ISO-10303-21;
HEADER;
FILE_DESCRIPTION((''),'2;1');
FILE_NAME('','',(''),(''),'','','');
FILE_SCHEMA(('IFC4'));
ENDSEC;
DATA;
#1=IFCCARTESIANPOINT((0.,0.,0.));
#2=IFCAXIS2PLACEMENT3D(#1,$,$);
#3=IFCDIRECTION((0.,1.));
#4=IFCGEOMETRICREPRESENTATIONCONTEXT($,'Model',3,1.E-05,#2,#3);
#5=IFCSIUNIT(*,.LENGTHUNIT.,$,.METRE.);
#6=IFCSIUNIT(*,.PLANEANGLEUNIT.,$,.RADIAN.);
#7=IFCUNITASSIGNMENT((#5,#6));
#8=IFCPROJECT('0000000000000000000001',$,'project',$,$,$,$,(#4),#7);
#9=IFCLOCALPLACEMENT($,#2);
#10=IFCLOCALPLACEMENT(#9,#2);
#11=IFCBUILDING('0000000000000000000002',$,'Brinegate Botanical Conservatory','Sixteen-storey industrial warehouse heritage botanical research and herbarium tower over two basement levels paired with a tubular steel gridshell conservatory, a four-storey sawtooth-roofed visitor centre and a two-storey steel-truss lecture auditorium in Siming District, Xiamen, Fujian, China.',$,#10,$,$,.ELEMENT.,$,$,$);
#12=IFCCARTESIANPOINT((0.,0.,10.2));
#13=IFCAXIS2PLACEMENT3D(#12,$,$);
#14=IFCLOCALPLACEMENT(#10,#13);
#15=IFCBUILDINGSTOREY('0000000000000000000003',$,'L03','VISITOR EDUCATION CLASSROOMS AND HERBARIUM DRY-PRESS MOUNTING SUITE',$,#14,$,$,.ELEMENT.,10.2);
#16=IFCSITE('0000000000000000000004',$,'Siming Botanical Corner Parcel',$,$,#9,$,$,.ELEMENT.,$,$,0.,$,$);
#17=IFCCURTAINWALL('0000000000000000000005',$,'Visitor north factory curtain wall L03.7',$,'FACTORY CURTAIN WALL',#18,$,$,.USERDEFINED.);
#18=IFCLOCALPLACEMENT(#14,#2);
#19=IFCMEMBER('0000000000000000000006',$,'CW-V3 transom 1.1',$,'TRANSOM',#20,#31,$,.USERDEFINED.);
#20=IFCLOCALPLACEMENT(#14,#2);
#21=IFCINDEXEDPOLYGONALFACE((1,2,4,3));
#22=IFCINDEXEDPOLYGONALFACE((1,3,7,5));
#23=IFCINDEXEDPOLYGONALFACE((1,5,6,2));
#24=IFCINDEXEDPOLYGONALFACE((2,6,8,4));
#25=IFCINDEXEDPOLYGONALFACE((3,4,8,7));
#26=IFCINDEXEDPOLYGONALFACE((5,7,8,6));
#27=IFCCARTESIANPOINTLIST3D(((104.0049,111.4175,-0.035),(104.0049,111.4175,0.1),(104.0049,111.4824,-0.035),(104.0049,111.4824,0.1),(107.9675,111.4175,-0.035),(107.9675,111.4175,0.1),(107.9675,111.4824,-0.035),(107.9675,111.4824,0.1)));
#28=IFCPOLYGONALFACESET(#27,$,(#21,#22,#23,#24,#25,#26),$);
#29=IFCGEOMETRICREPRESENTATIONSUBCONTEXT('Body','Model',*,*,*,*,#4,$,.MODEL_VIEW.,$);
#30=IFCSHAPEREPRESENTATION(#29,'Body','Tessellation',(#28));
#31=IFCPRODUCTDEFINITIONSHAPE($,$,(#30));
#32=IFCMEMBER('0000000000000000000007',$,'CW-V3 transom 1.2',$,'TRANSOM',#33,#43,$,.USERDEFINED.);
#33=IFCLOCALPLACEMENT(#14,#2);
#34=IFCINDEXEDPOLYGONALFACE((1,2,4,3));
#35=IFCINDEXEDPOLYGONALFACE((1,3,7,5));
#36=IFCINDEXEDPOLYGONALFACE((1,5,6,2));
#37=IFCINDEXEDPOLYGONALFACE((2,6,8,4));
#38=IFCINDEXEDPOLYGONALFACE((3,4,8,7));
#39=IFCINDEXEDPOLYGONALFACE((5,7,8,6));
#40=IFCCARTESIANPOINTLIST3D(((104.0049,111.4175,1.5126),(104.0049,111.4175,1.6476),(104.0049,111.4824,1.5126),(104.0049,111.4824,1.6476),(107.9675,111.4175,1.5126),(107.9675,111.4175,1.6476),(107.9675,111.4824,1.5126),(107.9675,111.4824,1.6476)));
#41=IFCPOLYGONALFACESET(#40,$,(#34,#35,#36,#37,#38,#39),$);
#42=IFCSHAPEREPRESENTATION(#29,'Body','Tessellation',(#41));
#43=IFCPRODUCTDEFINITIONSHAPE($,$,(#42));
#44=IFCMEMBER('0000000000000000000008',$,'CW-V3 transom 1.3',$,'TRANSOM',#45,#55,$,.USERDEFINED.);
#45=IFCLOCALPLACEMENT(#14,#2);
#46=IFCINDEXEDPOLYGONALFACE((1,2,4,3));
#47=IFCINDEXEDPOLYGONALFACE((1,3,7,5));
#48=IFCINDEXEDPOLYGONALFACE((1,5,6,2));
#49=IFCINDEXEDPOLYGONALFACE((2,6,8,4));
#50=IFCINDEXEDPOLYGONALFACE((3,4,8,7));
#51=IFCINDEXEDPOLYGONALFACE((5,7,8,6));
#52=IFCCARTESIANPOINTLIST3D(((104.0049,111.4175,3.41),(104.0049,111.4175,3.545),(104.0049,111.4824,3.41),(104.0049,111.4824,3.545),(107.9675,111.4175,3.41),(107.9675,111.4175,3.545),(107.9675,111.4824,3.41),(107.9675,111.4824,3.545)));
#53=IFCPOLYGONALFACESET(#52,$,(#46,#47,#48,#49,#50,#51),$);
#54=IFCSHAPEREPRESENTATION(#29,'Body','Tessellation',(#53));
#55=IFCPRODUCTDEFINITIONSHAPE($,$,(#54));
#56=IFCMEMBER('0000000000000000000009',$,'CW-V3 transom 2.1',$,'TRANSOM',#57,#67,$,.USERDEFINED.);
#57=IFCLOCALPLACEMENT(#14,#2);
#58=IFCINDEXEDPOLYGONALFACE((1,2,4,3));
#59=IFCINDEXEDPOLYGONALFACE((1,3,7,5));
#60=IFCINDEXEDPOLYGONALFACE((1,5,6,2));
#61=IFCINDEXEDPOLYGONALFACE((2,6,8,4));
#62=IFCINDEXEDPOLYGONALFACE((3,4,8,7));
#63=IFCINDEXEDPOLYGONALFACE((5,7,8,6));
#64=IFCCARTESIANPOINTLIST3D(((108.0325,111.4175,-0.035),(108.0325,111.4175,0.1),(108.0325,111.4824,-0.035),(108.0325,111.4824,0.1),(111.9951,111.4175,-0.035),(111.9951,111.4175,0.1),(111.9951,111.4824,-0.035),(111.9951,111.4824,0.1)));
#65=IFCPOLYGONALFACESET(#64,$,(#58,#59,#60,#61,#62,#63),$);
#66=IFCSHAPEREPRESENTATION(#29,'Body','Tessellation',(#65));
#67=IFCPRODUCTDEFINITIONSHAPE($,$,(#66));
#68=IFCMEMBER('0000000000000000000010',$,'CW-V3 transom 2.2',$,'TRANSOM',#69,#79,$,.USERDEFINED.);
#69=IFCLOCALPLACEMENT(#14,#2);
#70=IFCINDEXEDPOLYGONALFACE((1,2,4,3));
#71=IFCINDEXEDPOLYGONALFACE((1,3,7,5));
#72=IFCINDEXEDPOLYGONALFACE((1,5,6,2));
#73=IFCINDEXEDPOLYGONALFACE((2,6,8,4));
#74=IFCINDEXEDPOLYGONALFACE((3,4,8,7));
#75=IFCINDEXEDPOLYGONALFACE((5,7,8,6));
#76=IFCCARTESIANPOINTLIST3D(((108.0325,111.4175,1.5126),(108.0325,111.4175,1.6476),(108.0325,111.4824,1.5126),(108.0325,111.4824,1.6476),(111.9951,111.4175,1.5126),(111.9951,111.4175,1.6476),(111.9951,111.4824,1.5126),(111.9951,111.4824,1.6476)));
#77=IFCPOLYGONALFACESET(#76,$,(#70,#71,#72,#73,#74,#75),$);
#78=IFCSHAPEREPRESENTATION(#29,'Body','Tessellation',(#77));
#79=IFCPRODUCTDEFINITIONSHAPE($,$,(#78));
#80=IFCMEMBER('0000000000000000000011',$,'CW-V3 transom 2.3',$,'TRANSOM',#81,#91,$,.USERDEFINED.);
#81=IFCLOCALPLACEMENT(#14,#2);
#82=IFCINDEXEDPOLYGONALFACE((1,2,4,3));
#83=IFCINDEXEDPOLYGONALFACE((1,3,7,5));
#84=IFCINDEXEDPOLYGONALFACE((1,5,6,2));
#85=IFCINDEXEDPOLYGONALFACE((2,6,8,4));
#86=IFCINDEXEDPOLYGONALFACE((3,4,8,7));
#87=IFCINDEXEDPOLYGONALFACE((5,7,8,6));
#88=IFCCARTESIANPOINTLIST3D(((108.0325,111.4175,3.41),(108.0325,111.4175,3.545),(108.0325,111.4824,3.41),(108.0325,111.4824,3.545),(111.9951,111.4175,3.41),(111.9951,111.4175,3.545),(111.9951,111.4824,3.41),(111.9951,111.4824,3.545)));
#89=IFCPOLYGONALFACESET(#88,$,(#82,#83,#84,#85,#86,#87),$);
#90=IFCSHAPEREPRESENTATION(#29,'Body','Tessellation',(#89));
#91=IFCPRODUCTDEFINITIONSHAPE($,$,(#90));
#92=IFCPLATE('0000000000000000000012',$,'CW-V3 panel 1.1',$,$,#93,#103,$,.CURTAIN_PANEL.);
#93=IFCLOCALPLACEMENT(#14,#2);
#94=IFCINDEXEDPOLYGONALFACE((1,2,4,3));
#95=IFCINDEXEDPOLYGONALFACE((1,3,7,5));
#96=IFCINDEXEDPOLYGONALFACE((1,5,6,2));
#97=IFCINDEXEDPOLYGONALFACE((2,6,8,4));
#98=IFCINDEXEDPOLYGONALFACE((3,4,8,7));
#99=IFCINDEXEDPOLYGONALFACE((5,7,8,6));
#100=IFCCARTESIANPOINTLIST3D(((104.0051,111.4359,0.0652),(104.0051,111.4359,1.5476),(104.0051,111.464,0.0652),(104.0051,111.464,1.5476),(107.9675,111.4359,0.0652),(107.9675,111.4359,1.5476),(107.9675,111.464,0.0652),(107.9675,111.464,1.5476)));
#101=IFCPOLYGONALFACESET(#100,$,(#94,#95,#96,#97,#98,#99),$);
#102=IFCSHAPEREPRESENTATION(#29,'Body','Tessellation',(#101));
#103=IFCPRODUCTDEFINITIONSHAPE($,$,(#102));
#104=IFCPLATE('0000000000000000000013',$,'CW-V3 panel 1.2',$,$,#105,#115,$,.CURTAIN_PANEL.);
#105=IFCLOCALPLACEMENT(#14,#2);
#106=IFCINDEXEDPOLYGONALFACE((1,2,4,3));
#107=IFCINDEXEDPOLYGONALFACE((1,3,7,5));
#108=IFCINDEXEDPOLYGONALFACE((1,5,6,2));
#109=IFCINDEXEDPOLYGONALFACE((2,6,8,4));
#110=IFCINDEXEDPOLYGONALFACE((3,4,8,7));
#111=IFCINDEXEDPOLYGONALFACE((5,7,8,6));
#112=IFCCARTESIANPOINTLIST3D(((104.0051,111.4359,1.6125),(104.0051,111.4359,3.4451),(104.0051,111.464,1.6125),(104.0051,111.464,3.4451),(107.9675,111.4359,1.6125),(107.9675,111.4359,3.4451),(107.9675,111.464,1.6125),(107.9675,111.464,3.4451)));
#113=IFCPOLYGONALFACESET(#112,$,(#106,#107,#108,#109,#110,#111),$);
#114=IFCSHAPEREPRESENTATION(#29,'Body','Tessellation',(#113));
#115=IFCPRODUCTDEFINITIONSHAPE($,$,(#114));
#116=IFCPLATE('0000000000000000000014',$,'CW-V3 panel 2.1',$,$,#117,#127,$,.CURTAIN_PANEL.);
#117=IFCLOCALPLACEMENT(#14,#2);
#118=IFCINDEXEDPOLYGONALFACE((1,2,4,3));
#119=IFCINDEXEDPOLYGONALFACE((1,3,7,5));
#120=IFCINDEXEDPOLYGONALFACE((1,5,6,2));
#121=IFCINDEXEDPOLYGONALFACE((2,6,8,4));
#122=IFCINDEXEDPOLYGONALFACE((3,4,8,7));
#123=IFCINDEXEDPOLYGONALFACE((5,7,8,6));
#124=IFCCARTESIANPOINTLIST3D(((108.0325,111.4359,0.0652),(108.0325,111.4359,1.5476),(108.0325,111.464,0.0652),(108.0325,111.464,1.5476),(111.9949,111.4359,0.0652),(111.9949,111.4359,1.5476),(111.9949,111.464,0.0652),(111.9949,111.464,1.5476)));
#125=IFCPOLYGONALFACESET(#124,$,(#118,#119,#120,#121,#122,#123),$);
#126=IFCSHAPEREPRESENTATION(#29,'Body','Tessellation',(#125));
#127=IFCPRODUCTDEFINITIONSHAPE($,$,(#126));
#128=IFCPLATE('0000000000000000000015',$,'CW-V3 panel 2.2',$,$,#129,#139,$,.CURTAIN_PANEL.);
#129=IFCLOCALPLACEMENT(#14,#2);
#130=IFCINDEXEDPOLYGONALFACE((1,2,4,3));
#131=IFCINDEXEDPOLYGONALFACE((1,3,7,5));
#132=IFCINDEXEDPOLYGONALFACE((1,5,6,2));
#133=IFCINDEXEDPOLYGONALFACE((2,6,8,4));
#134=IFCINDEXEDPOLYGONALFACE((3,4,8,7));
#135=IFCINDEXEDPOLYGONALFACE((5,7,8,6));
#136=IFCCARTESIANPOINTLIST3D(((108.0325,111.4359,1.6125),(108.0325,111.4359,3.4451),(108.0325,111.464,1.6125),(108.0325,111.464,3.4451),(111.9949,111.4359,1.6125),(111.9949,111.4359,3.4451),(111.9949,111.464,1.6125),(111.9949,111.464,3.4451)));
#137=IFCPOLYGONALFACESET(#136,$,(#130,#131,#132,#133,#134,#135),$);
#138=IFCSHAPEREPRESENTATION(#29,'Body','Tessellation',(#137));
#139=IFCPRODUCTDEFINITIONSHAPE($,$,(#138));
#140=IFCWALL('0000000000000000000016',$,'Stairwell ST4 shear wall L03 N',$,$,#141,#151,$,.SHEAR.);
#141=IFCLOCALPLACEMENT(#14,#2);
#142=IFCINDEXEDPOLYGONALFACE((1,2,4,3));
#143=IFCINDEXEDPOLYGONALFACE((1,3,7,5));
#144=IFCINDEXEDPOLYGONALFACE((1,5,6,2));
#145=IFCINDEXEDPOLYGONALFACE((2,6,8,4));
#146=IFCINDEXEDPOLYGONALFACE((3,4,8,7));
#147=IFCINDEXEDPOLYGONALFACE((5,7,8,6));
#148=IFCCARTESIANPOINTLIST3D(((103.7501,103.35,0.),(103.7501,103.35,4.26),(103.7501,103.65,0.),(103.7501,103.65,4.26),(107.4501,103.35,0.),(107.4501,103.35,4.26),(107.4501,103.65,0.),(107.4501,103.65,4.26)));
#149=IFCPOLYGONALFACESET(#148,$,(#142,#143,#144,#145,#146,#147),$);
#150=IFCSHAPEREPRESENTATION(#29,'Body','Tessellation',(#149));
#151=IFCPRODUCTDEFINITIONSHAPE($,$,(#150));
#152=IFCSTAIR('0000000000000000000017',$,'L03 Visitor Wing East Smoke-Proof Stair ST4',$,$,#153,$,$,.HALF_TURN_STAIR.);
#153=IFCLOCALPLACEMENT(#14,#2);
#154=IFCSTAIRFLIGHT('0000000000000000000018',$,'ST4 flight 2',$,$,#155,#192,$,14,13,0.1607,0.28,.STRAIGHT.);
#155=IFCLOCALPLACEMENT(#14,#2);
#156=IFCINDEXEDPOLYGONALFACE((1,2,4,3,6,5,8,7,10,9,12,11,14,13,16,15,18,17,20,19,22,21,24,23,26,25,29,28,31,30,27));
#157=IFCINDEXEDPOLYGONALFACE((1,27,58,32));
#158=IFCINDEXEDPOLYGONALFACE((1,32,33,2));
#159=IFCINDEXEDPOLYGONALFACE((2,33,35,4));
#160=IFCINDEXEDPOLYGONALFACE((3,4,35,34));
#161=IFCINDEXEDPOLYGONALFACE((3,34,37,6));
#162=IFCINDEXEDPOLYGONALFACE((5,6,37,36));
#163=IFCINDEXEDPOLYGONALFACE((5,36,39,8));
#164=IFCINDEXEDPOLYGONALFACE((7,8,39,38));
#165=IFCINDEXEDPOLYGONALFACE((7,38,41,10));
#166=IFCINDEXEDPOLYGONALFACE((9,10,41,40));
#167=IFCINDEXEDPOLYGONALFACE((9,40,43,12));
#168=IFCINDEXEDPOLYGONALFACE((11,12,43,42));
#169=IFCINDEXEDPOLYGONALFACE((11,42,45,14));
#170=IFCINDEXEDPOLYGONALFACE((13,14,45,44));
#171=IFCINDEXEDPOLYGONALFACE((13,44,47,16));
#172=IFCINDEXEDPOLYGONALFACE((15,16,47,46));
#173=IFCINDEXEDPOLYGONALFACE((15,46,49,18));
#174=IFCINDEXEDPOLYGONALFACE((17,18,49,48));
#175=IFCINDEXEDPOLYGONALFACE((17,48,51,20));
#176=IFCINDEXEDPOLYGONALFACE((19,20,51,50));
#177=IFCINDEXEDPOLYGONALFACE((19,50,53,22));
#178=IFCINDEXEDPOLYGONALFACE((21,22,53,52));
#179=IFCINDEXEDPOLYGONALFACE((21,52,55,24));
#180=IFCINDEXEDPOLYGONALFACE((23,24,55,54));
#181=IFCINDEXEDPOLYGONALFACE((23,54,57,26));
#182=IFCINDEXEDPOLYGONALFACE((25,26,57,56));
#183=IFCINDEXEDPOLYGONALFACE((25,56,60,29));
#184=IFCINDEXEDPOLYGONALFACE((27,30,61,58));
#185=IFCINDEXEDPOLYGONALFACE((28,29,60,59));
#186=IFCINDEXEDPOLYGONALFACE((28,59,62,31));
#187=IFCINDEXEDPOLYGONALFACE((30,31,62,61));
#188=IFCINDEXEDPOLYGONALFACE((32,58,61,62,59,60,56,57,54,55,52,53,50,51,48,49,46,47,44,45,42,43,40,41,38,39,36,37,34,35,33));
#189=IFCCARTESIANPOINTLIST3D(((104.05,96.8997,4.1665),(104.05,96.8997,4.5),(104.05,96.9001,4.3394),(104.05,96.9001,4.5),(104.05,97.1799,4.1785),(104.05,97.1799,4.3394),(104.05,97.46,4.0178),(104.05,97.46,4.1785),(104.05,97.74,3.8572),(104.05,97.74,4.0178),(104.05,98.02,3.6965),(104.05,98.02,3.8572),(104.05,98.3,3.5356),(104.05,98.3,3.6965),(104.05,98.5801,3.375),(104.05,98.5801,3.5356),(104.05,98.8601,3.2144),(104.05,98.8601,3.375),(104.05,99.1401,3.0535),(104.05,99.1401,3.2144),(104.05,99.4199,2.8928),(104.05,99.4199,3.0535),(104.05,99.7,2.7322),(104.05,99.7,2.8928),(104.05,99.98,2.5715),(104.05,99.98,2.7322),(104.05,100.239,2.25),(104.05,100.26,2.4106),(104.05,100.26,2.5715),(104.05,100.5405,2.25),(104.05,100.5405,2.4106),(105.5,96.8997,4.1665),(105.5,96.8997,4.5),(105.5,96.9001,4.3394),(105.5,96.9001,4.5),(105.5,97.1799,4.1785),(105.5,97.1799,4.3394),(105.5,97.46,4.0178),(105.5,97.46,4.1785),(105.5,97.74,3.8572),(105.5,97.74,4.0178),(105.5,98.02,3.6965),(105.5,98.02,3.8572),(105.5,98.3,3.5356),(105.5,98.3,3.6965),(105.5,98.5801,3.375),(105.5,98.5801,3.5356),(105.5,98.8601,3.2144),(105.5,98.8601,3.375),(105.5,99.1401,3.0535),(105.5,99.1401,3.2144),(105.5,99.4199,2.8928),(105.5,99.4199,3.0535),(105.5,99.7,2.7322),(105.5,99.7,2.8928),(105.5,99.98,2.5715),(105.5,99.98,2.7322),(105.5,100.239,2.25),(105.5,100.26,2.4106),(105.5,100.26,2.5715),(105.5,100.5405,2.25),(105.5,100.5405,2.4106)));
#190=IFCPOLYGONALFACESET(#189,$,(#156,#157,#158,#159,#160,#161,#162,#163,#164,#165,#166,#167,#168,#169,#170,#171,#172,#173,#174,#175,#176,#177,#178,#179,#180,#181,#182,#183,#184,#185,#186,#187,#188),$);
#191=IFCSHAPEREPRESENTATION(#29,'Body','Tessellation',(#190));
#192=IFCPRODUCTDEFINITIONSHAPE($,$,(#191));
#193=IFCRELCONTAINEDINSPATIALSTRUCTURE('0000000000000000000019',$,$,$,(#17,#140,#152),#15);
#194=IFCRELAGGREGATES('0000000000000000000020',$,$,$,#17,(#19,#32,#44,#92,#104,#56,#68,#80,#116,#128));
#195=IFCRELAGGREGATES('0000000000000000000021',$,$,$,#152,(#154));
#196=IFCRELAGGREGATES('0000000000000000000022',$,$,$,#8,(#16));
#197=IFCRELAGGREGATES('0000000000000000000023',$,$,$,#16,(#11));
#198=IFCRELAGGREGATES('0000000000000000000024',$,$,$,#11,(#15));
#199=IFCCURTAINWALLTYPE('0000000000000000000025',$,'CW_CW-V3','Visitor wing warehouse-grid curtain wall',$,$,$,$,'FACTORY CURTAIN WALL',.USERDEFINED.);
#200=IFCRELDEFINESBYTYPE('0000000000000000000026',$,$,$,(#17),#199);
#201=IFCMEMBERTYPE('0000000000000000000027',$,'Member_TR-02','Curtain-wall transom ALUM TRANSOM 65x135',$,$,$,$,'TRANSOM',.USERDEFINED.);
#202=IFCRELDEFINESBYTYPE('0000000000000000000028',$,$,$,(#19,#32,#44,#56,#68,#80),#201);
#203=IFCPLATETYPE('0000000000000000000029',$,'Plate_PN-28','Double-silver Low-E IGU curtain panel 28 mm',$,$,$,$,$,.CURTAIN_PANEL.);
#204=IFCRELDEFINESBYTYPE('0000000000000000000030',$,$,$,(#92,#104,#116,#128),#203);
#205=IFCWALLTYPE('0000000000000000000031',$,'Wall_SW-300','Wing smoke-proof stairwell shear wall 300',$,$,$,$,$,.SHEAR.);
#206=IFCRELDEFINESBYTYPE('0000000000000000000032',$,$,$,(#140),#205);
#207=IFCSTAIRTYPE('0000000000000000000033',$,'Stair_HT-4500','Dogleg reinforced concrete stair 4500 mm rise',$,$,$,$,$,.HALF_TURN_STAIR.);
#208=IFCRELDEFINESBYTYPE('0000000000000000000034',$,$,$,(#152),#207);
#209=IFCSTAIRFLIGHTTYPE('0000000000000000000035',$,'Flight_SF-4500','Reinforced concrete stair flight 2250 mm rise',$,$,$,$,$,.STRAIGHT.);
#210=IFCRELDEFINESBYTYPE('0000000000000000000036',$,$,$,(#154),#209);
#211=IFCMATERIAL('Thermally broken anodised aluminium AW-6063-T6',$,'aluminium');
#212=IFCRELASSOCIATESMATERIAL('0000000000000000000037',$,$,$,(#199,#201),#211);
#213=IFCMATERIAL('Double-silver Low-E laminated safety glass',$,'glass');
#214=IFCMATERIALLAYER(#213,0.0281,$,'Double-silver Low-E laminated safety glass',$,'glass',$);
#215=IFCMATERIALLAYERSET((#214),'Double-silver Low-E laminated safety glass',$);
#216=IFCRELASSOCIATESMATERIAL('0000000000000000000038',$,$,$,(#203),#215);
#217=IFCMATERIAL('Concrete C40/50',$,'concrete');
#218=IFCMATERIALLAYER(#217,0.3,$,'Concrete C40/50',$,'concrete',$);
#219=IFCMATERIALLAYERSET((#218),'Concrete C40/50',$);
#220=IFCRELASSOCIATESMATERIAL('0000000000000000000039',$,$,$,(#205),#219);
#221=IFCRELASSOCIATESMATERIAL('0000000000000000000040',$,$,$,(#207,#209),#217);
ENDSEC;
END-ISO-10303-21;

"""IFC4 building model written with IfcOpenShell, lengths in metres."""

from ifc_helpers import new_model, si_unit, direction, frame, frame_2d, origin, origin_2d, place, context, subcontext, project, spatial, polyline, rectangle, outline, extrude, material, layer, layer_set, material_profile, profile_set, type_object, element, aggregate, save


model = new_model("IFC4")

# Units and contexts
model_context = context("Model", 3, precision=1e-05, world=origin(), true_north=direction((0.0, 1.0)))
body_context = subcontext(model_context, "Body", "Model", "MODEL_VIEW")
ifc_project = project(units=[si_unit("LENGTHUNIT", "METRE"), si_unit("PLANEANGLEUNIT", "RADIAN")], contexts=[model_context])

# Site, building, storey
site_placement = place(None, origin())
site = spatial("IfcSite", under=ifc_project, at=site_placement, Name="Siming Botanical Corner Parcel", CompositionType="ELEMENT", RefElevation=0.0)
building_placement = place(site_placement, origin())
building = spatial("IfcBuilding", under=site, at=building_placement, Name="Brinegate Botanical Conservatory", Description="Sixteen-storey industrial warehouse heritage botanical research and herbarium tower over two basement levels paired with a tubular steel gridshell conservatory, a four-storey sawtooth-roofed visitor centre and a two-storey steel-truss lecture auditorium in Siming District, Xiamen, Fujian, China.", CompositionType="ELEMENT")
storey_placement = place(building_placement, frame((0.0, 0.0, 10.2)))
storey = spatial("IfcBuildingStorey", under=building, at=storey_placement, Name="L03", Description="VISITOR EDUCATION CLASSROOMS AND HERBARIUM DRY-PRESS MOUNTING SUITE", CompositionType="ELEMENT", Elevation=10.2)

# Shared definitions
ifc_material_1 = material(Name="Concrete C40/50", Category="concrete")

# Curtain wall, members, plates
ifc_material_2 = material(Name="Thermally broken anodised aluminium AW-6063-T6", Category="aluminium")
curtain_wall_type = type_object("IfcCurtainWallType", Name="CW_CW-V3", Description="Visitor wing warehouse-grid curtain wall", ElementType="FACTORY CURTAIN WALL", PredefinedType="USERDEFINED", material=ifc_material_2)
curtain_wall_placement = place(storey_placement, origin())
curtain_wall = element("IfcCurtainWall", 1, at=curtain_wall_placement, inside=storey, type_object=curtain_wall_type, Name="Visitor north factory curtain wall L03.7", ObjectType="FACTORY CURTAIN WALL", PredefinedType="USERDEFINED")
ifc_material_profile_1 = material_profile(ifc_material_2, rectangle(XDim=0.0649, YDim=0.135, at=origin_2d()), Name="ALUM TRANSOM 65x135")
ifc_profile_set_1 = profile_set([ifc_material_profile_1], Name="Thermally broken anodised aluminium AW-6063-T6")
member_type_1 = type_object("IfcMemberType", Name="Member_TR-02", Description="Curtain-wall transom ALUM TRANSOM 65x135", ElementType="TRANSOM", PredefinedType="USERDEFINED", material=ifc_profile_set_1)
member_1_placement = place(storey_placement, frame((104.0049, 111.45, 0.0325), z_axis=(1.0, 0.0, 0.0), x_axis=(0.0, 1.0, 0.0)))
member_1 = element("IfcMember", 2, at=member_1_placement, type_object=member_type_1, Name="CW-V3 transom 1.1", ObjectType="TRANSOM", PredefinedType="USERDEFINED", context=body_context, shape_type="SweptSolid", body=[
    extrude(rectangle(XDim=0.0649, YDim=0.135, at=origin_2d()), origin(), (0.0, 0.0, 1.0), 3.9626),
])
member_2_placement = place(storey_placement, frame((104.0049, 111.45, 1.5801), z_axis=(1.0, 0.0, 0.0), x_axis=(0.0, 1.0, 0.0)))
member_2 = element("IfcMember", 3, at=member_2_placement, type_object=member_type_1, Name="CW-V3 transom 1.2", ObjectType="TRANSOM", PredefinedType="USERDEFINED", context=body_context, shape_type="SweptSolid", body=[
    extrude(rectangle(XDim=0.0649, YDim=0.135, at=origin_2d()), origin(), (0.0, 0.0, 1.0), 3.9626),
])
member_3_placement = place(storey_placement, frame((104.0049, 111.45, 3.4775), z_axis=(1.0, 0.0, 0.0), x_axis=(0.0, 1.0, 0.0)))
member_3 = element("IfcMember", 4, at=member_3_placement, type_object=member_type_1, Name="CW-V3 transom 1.3", ObjectType="TRANSOM", PredefinedType="USERDEFINED", context=body_context, shape_type="SweptSolid", body=[
    extrude(rectangle(XDim=0.0649, YDim=0.135, at=origin_2d()), origin(), (0.0, 0.0, 1.0), 3.9626),
])
member_4_placement = place(storey_placement, frame((108.0325, 111.45, 0.0325), z_axis=(1.0, 0.0, 0.0), x_axis=(0.0, 1.0, 0.0)))
member_4 = element("IfcMember", 5, at=member_4_placement, type_object=member_type_1, Name="CW-V3 transom 2.1", ObjectType="TRANSOM", PredefinedType="USERDEFINED", context=body_context, shape_type="SweptSolid", body=[
    extrude(rectangle(XDim=0.0649, YDim=0.135, at=origin_2d()), origin(), (0.0, 0.0, 1.0), 3.9626),
])
member_5_placement = place(storey_placement, frame((108.0325, 111.45, 1.5801), z_axis=(1.0, 0.0, 0.0), x_axis=(0.0, 1.0, 0.0)))
member_5 = element("IfcMember", 6, at=member_5_placement, type_object=member_type_1, Name="CW-V3 transom 2.2", ObjectType="TRANSOM", PredefinedType="USERDEFINED", context=body_context, shape_type="SweptSolid", body=[
    extrude(rectangle(XDim=0.0649, YDim=0.135, at=origin_2d()), origin(), (0.0, 0.0, 1.0), 3.9626),
])
member_6_placement = place(storey_placement, frame((108.0325, 111.45, 3.4775), z_axis=(1.0, 0.0, 0.0), x_axis=(0.0, 1.0, 0.0)))
member_6 = element("IfcMember", 7, at=member_6_placement, type_object=member_type_1, Name="CW-V3 transom 2.3", ObjectType="TRANSOM", PredefinedType="USERDEFINED", context=body_context, shape_type="SweptSolid", body=[
    extrude(rectangle(XDim=0.0649, YDim=0.135, at=origin_2d()), origin(), (0.0, 0.0, 1.0), 3.9626),
])
ifc_material_3 = material(Name="Double-silver Low-E laminated safety glass", Category="glass")
ifc_layer_1 = layer(ifc_material_3, 0.0281, Name="Double-silver Low-E laminated safety glass", Category="glass")
ifc_layer_set_1 = layer_set([ifc_layer_1], Name="Double-silver Low-E laminated safety glass")
plate_type = type_object("IfcPlateType", Name="Plate_PN-28", Description="Double-silver Low-E IGU curtain panel 28 mm", PredefinedType="CURTAIN_PANEL", material=ifc_layer_set_1)
plate_1_placement = place(storey_placement, frame((105.9863, 111.45, 0.0652), z_axis=(0.0, 0.0, 1.0), x_axis=(1.0, 0.0, 0.0)))
plate_1 = element("IfcPlate", 8, at=plate_1_placement, type_object=plate_type, Name="CW-V3 panel 1.1", PredefinedType="CURTAIN_PANEL", context=body_context, shape_type="SweptSolid", body=[
    extrude(rectangle(XDim=3.9624, YDim=0.0281, at=origin_2d()), origin(), (0.0, 0.0, 1.0), 1.4824),
])
plate_2_placement = place(storey_placement, frame((105.9863, 111.45, 1.6125), z_axis=(0.0, 0.0, 1.0), x_axis=(1.0, 0.0, 0.0)))
plate_2 = element("IfcPlate", 9, at=plate_2_placement, type_object=plate_type, Name="CW-V3 panel 1.2", PredefinedType="CURTAIN_PANEL", context=body_context, shape_type="SweptSolid", body=[
    extrude(rectangle(XDim=3.9624, YDim=0.0281, at=origin_2d()), origin(), (0.0, 0.0, 1.0), 1.8325),
])
plate_3_placement = place(storey_placement, frame((110.0137, 111.45, 0.0652), z_axis=(0.0, 0.0, 1.0), x_axis=(1.0, 0.0, 0.0)))
plate_3 = element("IfcPlate", 10, at=plate_3_placement, type_object=plate_type, Name="CW-V3 panel 2.1", PredefinedType="CURTAIN_PANEL", context=body_context, shape_type="SweptSolid", body=[
    extrude(rectangle(XDim=3.9624, YDim=0.0281, at=origin_2d()), origin(), (0.0, 0.0, 1.0), 1.4824),
])
plate_4_placement = place(storey_placement, frame((110.0137, 111.45, 1.6125), z_axis=(0.0, 0.0, 1.0), x_axis=(1.0, 0.0, 0.0)))
plate_4 = element("IfcPlate", 11, at=plate_4_placement, type_object=plate_type, Name="CW-V3 panel 2.2", PredefinedType="CURTAIN_PANEL", context=body_context, shape_type="SweptSolid", body=[
    extrude(rectangle(XDim=3.9624, YDim=0.0281, at=origin_2d()), origin(), (0.0, 0.0, 1.0), 1.8325),
])
aggregate(curtain_wall, [member_1, member_2, member_3, plate_1, plate_2, member_4, member_5, member_6, plate_3, plate_4])

# Wall
ifc_layer_2 = layer(ifc_material_1, 0.3, Name="Concrete C40/50", Category="concrete")
ifc_layer_set_2 = layer_set([ifc_layer_2], Name="Concrete C40/50")
wall_type = type_object("IfcWallType", Name="Wall_SW-300", Description="Wing smoke-proof stairwell shear wall 300", PredefinedType="SHEAR", material=ifc_layer_set_2)
wall_placement = place(storey_placement, frame((103.75, 103.5, 0.0), z_axis=(0.0, 0.0, 1.0), x_axis=(1.0, 0.0, 0.0)))
element("IfcWall", 12, at=wall_placement, inside=storey, type_object=wall_type, Name="Stairwell ST4 shear wall L03 N", PredefinedType="SHEAR", context=body_context, shape_type="SweptSolid", body=[
    extrude(rectangle(XDim=3.7, YDim=0.3, at=frame_2d((1.8501, 0.0))), origin(), (0.0, 0.0, 1.0), 4.26),
])

# Stair, stair flight
stair_type = type_object("IfcStairType", Name="Stair_HT-4500", Description="Dogleg reinforced concrete stair 4500 mm rise", PredefinedType="HALF_TURN_STAIR", material=ifc_material_1)
stair_placement = place(storey_placement, origin())
stair = element("IfcStair", 13, at=stair_placement, inside=storey, type_object=stair_type, Name="L03 Visitor Wing East Smoke-Proof Stair ST4", PredefinedType="HALF_TURN_STAIR")
stair_flight_type = type_object("IfcStairFlightType", Name="Flight_SF-4500", Description="Reinforced concrete stair flight 2250 mm rise", PredefinedType="STRAIGHT", material=ifc_material_1)
stair_flight_placement = place(storey_placement, frame((104.7749, 100.54, 2.25), z_axis=(0.0, 0.0, 1.0), x_axis=(0.0, -1.0, 0.0)))
stair_flight = element("IfcStairFlight", 14, at=stair_flight_placement, type_object=stair_flight_type, Name="ST4 flight 2", NumberOfRisers=14, NumberOfTreads=13, PredefinedType="STRAIGHT", RiserHeight=0.1607, TreadLength=0.28, context=body_context, shape_type="SweptSolid", body=[
    extrude(outline(polyline([(-0.0005, 0.0), (-0.0005, 0.1606), (0.28, 0.1606), (0.28, 0.3215), (0.5601, 0.3215), (0.5601, 0.4822), (0.8401, 0.4822), (0.8401, 0.6428), (1.1201, 0.6428), (1.1201, 0.8035), (1.3999, 0.8035), (1.3999, 0.9644), (1.6799, 0.9644), (1.6799, 1.125), (1.96, 1.125), (1.96, 1.2856), (2.24, 1.2856), (2.24, 1.4465), (2.52, 1.4465), (2.52, 1.6072), (2.8, 1.6072), (2.8, 1.7678), (3.0801, 1.7678), (3.0801, 1.9285), (3.3601, 1.9285), (3.3601, 2.0894), (3.6399, 2.0894), (3.6399, 2.25), (3.6404, 2.25), (3.6404, 1.9165), (0.301, 0.0), (-0.0005, 0.0)])), frame((0.0, 0.7251, 0.0), z_axis=(0.0, -1.0, 0.0), x_axis=(1.0, 0.0, 0.0)), (0.0, 0.0, 1.0), 1.45),
])
aggregate(stair, [stair_flight])

save(model, "model.ifc")
